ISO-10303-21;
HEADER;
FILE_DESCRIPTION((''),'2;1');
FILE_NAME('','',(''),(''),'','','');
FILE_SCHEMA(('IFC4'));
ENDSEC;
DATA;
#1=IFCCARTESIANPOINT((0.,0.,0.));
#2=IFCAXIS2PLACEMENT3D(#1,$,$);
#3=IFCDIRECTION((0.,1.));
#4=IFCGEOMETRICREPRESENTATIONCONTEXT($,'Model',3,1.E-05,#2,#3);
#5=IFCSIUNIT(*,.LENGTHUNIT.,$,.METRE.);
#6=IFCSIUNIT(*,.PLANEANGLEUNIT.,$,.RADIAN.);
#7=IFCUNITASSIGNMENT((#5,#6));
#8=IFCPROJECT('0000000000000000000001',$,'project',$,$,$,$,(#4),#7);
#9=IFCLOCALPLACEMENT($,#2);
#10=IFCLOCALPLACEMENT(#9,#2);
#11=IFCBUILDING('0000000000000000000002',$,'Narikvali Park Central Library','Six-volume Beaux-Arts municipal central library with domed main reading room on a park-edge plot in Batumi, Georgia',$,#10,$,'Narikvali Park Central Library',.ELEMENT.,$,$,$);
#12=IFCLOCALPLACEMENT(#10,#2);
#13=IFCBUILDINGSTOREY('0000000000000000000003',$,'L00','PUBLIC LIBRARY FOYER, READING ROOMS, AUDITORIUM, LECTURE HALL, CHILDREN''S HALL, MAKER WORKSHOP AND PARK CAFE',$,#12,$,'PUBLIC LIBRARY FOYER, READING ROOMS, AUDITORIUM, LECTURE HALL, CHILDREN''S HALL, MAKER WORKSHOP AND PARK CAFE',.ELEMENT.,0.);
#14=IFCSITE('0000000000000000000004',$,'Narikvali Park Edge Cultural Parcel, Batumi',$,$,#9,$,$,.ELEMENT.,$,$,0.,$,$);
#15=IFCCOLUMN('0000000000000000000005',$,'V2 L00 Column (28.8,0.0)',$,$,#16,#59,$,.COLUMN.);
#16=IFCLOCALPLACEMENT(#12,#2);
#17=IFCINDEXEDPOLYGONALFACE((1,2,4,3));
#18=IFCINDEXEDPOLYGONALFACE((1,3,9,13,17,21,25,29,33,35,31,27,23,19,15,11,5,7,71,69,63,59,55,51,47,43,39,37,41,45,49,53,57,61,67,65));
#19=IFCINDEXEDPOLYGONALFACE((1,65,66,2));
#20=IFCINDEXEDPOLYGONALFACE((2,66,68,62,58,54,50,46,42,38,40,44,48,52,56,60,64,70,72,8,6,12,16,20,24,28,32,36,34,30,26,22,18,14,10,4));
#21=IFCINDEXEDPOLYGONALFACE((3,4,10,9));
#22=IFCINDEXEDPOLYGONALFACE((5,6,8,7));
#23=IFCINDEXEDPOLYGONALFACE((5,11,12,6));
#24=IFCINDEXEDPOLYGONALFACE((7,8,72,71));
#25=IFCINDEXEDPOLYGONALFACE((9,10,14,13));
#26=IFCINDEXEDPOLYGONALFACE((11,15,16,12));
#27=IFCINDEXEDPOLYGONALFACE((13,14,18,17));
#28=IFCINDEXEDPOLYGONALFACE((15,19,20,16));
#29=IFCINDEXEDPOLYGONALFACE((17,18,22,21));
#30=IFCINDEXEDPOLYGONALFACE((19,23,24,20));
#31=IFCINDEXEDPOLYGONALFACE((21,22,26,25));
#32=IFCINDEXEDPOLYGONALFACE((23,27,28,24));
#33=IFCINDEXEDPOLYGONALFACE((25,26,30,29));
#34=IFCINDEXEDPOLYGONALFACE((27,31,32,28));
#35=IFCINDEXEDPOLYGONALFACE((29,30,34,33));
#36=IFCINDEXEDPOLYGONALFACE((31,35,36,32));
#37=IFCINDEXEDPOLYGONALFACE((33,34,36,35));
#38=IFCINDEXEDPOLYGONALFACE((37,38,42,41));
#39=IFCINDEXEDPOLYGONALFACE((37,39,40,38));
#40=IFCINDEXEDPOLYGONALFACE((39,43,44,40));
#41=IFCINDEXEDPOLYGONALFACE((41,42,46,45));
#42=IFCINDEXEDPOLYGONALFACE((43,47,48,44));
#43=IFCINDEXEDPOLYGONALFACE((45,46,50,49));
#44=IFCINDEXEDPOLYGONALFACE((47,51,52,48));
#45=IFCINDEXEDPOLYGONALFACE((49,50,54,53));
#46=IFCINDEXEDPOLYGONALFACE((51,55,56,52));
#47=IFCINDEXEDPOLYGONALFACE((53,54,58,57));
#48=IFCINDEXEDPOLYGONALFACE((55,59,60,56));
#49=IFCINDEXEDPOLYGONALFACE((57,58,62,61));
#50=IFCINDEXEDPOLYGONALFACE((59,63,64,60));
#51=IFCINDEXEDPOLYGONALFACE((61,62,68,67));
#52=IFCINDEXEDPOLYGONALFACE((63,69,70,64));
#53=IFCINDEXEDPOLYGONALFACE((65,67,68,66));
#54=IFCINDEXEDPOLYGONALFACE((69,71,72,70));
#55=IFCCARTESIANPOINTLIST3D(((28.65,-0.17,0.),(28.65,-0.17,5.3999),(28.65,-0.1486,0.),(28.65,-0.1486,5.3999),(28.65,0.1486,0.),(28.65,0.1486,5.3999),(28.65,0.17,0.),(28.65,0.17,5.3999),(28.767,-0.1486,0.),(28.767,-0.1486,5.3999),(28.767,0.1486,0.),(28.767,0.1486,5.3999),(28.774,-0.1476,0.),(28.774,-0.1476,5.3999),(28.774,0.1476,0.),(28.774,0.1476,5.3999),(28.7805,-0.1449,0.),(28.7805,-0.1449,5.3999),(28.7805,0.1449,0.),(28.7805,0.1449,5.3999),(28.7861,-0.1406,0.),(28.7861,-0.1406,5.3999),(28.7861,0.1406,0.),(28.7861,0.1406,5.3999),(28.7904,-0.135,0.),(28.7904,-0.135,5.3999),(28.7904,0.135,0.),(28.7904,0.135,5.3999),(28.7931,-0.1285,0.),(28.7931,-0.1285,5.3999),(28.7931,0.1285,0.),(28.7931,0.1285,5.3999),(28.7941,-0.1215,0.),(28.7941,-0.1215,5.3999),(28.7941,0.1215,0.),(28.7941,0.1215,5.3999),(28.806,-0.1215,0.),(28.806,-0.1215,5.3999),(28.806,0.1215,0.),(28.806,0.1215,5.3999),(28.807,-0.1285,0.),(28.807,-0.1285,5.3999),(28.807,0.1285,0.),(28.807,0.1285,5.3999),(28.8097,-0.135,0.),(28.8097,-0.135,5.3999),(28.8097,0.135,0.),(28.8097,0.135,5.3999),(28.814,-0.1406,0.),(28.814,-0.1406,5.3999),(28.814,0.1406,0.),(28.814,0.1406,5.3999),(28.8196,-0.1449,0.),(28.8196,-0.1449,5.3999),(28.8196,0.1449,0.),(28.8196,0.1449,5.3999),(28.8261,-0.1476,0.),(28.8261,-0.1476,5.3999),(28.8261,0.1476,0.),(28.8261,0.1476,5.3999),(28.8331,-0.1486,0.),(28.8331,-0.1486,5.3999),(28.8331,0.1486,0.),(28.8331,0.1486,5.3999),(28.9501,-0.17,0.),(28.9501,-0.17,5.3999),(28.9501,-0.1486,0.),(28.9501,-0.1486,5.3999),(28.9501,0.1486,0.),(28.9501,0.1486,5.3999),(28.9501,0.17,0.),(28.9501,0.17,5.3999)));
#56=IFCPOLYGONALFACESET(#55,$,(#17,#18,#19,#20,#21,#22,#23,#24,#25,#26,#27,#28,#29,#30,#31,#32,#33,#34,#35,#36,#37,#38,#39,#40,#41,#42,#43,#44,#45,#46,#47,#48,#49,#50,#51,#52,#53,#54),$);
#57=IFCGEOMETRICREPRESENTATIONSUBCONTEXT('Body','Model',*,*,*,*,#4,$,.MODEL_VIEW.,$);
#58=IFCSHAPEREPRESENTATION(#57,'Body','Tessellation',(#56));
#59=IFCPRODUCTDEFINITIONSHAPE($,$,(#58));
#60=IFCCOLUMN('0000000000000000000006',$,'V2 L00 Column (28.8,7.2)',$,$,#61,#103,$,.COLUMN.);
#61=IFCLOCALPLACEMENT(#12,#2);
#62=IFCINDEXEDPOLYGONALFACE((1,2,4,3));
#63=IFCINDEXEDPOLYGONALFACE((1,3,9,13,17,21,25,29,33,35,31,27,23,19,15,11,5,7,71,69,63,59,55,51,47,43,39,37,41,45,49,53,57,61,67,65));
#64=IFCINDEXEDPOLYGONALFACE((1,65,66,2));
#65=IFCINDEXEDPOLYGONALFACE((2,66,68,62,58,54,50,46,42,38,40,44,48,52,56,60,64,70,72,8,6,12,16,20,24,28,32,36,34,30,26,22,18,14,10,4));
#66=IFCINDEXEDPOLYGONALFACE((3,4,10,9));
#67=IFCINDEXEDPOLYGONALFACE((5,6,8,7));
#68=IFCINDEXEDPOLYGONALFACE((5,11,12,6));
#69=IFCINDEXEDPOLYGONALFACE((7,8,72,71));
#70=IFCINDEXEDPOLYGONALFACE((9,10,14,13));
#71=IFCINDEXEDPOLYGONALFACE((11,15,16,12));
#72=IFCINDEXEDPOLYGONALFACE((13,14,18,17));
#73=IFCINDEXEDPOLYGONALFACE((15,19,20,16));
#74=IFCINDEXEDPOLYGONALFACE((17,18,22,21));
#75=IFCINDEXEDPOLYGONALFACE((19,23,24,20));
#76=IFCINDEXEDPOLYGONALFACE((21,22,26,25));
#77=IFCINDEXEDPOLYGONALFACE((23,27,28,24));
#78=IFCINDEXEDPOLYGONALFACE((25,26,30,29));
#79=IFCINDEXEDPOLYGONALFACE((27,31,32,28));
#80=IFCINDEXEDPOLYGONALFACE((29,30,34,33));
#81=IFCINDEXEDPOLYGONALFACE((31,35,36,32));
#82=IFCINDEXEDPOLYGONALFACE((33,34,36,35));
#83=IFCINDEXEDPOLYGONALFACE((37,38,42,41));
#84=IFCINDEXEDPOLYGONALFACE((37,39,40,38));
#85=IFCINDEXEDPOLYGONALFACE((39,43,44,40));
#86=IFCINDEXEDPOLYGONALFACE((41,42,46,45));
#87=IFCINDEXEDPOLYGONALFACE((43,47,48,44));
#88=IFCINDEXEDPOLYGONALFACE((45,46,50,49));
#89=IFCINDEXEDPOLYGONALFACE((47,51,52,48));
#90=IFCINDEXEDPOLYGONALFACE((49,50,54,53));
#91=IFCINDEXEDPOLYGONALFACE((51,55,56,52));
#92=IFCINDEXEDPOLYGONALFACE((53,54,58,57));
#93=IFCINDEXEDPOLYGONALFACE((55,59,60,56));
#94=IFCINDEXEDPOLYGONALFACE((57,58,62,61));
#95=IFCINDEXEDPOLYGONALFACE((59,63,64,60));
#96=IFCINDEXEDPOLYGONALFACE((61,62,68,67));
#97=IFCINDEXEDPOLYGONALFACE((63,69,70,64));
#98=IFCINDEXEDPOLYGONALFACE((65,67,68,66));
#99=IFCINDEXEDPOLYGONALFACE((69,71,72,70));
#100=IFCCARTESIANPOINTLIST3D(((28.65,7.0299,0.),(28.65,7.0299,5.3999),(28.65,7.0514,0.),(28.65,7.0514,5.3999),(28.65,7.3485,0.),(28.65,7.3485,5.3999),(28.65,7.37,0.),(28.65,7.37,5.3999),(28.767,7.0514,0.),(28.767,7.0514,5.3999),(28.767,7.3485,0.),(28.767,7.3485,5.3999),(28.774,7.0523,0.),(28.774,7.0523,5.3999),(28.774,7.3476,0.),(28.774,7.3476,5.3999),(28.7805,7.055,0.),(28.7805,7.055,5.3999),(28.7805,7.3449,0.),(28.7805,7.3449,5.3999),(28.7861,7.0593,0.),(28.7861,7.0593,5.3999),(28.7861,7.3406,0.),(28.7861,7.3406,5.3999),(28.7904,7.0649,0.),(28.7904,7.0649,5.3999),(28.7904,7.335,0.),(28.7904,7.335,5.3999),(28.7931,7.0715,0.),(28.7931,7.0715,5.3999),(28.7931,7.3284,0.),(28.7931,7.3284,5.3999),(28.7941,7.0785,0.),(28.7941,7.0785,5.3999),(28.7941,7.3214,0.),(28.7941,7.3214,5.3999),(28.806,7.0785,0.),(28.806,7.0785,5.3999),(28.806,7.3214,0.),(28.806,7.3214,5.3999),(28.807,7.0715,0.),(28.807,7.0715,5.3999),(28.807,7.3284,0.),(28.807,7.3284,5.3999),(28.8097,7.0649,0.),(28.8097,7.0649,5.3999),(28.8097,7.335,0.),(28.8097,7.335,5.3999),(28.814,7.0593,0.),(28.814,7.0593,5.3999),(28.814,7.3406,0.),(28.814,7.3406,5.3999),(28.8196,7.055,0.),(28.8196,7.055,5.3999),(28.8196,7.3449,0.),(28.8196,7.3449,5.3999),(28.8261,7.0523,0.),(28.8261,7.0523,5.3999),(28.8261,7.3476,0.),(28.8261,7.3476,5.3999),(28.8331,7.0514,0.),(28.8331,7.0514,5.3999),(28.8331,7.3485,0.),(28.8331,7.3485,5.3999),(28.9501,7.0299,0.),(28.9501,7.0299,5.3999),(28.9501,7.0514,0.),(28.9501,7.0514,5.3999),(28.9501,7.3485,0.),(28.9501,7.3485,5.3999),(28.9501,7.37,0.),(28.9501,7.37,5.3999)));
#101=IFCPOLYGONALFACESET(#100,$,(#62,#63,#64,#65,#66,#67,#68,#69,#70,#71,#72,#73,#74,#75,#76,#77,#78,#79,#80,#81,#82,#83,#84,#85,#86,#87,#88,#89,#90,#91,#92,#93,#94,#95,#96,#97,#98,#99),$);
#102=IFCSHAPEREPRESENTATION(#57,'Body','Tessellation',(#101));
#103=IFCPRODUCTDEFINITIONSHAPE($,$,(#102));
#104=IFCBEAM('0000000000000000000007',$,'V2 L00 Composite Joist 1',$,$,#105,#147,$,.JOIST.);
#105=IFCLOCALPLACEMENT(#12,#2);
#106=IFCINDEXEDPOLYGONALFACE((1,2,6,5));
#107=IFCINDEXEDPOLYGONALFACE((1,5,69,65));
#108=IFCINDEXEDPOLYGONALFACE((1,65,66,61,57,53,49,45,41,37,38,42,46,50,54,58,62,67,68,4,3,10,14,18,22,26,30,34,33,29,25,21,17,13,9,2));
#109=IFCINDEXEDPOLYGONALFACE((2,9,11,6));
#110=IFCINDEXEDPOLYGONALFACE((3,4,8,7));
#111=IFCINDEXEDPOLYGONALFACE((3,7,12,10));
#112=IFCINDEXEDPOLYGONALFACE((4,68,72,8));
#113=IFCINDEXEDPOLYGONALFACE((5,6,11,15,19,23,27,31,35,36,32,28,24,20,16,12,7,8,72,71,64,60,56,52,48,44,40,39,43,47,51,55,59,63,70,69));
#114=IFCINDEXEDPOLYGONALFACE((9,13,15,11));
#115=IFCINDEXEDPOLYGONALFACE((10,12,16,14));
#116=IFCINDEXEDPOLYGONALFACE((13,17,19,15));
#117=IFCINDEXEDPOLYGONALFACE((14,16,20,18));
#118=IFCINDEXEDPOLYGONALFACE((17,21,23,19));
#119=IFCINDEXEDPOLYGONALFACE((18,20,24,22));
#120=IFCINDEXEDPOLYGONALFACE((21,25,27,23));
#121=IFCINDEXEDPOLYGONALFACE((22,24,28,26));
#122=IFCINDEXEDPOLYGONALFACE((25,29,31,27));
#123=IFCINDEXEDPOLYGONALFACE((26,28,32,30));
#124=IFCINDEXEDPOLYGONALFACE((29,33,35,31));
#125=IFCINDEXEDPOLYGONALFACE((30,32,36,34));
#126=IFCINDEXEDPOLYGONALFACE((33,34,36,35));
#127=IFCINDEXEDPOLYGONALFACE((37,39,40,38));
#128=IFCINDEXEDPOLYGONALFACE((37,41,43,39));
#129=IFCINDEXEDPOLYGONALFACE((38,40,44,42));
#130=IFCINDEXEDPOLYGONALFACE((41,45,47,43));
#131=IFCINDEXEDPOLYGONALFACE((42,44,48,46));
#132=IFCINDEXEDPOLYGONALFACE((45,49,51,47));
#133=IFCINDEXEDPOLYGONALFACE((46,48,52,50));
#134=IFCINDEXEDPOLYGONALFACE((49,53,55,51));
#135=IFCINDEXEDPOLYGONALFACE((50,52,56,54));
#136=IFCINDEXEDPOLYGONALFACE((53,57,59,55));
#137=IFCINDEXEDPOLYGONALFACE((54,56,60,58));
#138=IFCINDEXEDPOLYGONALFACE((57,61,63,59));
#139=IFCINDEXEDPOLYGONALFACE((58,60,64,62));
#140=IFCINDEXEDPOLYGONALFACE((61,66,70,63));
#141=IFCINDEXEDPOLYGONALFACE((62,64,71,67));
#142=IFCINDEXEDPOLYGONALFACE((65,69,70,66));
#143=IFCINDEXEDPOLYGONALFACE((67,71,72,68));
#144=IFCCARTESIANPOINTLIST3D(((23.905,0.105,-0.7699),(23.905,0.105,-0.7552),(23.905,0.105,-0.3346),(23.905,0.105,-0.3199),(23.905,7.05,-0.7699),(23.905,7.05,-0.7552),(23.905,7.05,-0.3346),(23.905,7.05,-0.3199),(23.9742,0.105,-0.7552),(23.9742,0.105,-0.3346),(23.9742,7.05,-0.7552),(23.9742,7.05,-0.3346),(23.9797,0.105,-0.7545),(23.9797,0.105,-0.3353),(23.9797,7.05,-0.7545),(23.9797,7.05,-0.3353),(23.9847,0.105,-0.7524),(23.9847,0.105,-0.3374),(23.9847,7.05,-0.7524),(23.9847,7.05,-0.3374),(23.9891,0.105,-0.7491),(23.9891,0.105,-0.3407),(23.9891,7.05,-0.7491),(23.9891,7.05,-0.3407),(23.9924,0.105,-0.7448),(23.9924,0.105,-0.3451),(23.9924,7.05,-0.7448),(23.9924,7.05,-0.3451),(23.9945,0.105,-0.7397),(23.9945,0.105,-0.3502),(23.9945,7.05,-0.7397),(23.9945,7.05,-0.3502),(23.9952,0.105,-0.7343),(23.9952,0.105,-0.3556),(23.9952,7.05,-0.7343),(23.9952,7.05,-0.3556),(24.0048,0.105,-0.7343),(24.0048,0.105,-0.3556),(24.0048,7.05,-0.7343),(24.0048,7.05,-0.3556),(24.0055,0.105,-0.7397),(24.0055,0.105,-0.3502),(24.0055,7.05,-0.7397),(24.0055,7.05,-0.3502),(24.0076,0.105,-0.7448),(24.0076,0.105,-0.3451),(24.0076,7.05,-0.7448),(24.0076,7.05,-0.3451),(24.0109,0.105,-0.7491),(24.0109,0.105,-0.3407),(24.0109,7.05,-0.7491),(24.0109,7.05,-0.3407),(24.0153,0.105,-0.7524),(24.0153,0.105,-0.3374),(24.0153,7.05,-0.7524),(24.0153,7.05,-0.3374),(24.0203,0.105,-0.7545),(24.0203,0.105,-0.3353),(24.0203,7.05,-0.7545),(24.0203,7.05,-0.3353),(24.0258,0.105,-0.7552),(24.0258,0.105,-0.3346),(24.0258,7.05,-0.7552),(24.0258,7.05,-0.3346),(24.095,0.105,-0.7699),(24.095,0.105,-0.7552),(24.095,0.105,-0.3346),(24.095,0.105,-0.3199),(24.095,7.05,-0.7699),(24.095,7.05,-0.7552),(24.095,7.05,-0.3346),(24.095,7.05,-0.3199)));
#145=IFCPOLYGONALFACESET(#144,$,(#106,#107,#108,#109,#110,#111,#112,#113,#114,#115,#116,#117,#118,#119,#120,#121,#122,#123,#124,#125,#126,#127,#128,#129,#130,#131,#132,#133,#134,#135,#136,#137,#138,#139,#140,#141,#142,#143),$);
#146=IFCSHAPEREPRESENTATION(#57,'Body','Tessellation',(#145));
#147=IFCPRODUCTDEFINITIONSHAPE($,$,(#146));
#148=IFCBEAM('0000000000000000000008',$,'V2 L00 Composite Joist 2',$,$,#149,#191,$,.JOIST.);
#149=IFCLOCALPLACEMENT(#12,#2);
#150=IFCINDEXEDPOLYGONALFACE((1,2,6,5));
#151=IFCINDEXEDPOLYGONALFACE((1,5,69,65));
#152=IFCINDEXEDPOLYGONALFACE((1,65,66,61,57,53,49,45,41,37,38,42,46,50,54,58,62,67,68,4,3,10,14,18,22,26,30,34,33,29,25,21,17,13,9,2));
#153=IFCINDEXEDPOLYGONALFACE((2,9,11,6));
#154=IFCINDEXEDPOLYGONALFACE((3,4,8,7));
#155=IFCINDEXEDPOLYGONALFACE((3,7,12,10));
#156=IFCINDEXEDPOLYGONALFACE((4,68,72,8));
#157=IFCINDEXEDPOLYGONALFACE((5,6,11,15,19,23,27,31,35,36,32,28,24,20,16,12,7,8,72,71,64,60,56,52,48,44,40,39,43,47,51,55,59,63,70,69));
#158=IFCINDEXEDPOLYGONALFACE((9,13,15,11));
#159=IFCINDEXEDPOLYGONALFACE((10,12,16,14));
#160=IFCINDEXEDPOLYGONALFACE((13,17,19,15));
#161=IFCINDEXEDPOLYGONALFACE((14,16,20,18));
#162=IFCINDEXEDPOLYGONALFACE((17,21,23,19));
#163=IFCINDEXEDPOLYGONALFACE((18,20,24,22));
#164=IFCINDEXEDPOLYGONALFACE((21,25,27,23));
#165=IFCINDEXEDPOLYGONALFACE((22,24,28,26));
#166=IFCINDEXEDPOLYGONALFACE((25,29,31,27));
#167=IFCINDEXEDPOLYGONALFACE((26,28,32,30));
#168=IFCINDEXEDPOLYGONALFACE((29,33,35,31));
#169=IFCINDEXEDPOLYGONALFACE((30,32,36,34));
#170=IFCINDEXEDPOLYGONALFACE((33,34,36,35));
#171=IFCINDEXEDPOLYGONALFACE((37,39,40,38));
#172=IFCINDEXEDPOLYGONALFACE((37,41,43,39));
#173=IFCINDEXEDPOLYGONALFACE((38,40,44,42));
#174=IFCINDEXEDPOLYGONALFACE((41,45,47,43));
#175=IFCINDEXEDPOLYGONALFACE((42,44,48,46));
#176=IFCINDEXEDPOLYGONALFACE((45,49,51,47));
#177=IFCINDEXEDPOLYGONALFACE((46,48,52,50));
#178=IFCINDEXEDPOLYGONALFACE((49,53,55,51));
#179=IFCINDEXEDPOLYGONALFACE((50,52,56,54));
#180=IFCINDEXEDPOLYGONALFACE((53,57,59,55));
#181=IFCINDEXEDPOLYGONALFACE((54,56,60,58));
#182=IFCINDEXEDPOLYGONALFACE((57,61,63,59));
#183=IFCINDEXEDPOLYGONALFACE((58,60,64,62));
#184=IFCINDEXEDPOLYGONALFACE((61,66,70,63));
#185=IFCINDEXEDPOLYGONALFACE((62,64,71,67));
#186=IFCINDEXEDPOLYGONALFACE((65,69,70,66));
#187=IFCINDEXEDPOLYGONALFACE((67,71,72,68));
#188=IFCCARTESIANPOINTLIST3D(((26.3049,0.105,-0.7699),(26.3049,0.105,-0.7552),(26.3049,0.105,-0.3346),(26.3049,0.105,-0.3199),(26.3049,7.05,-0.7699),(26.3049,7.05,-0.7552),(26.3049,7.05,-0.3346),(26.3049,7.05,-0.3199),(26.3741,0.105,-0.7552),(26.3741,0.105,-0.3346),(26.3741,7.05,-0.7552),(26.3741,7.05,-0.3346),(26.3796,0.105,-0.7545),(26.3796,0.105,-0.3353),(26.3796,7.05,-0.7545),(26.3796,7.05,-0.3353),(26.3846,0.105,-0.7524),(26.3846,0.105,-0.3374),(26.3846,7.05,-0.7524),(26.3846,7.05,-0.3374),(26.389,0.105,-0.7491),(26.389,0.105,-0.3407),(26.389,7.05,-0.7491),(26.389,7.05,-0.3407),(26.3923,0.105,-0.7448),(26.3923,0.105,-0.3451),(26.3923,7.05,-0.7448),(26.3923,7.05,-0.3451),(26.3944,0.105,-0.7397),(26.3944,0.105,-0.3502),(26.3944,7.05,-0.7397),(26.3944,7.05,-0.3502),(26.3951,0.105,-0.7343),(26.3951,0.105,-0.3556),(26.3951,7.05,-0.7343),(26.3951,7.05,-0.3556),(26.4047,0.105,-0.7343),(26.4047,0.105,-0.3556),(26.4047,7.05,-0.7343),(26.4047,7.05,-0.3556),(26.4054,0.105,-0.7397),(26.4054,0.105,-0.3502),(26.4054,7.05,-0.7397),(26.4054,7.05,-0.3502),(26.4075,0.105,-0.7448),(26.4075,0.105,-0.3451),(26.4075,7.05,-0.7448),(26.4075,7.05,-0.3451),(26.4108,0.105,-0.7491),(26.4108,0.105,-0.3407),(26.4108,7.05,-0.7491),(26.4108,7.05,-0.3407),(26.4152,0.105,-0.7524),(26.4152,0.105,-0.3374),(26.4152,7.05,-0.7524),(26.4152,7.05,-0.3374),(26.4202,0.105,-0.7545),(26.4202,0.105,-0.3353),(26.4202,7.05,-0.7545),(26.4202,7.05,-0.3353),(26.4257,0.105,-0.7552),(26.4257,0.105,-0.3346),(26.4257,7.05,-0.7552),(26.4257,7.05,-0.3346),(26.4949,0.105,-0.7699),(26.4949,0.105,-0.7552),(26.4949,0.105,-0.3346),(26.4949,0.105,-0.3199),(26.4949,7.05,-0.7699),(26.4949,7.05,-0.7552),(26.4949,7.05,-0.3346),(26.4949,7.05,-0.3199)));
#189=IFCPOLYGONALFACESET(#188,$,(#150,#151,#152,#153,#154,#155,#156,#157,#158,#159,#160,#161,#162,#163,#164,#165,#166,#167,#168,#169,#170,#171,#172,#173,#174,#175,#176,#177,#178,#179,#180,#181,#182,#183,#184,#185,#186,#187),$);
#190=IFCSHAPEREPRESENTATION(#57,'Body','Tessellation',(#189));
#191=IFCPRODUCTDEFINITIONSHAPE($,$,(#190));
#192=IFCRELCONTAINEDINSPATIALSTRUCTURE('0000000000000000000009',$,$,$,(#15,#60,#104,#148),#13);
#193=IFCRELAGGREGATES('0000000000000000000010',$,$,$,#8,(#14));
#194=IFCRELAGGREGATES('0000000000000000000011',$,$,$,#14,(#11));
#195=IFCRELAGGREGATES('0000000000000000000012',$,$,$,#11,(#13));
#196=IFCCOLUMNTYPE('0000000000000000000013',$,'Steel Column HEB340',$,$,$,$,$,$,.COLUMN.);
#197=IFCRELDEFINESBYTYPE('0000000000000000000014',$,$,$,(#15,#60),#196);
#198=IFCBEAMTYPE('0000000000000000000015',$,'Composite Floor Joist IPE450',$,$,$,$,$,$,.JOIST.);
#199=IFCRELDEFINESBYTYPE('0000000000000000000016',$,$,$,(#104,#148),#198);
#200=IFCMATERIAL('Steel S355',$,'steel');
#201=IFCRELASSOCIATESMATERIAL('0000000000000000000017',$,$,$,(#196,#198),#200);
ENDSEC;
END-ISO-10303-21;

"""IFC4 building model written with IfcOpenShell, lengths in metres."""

from ifc_helpers import new_model, si_unit, direction, frame, origin, origin_2d, place, context, subcontext, project, spatial, i_section, extrude, material, material_profile, profile_set, type_object, element, save


model = new_model("IFC4")

# Units and contexts
model_context = context("Model", 3, precision=1e-05, world=origin(), true_north=direction((0.0, 1.0)))
body_context = subcontext(model_context, "Body", "Model", "MODEL_VIEW")
ifc_project = project(units=[si_unit("LENGTHUNIT", "METRE"), si_unit("PLANEANGLEUNIT", "RADIAN")], contexts=[model_context])

# Site, building, storey
site_placement = place(None, origin())
site = spatial("IfcSite", under=ifc_project, at=site_placement, Name="Narikvali Park Edge Cultural Parcel, Batumi", CompositionType="ELEMENT", RefElevation=0.0)
building_placement = place(site_placement, origin())
building = spatial("IfcBuilding", under=site, at=building_placement, Name="Narikvali Park Central Library", Description="Six-volume Beaux-Arts municipal central library with domed main reading room on a park-edge plot in Batumi, Georgia", LongName="Narikvali Park Central Library", CompositionType="ELEMENT")
storey_placement = place(building_placement, origin())
storey = spatial("IfcBuildingStorey", under=building, at=storey_placement, Name="L00", Description="PUBLIC LIBRARY FOYER, READING ROOMS, AUDITORIUM, LECTURE HALL, CHILDREN'S HALL, MAKER WORKSHOP AND PARK CAFE", LongName="PUBLIC LIBRARY FOYER, READING ROOMS, AUDITORIUM, LECTURE HALL, CHILDREN'S HALL, MAKER WORKSHOP AND PARK CAFE", CompositionType="ELEMENT", Elevation=0.0)

# Columns
ifc_material_1 = material(Name="Steel S355", Category="steel")
ifc_material_profile_1 = material_profile(ifc_material_1, i_section(OverallWidth=0.3, OverallDepth=0.3401, WebThickness=0.012, FlangeThickness=0.0215, FilletRadius=0.0271, at=origin_2d()), Name="HEB 340")
ifc_profile_set_1 = profile_set([ifc_material_profile_1], Name="Steel S355")
column_type = type_object("IfcColumnType", Name="Steel Column HEB340", PredefinedType="COLUMN", material=ifc_profile_set_1)
for number, where, z_axis, x_axis, name in (
    (1, (28.8, 0.0, 0.0), (0.0, 0.0, 1.0), (1.0, 0.0, 0.0), "V2 L00 Column (28.8,0.0)"),
    (2, (28.8, 7.2, 0.0), (0.0, 0.0, 1.0), (1.0, 0.0, 0.0), "V2 L00 Column (28.8,7.2)"),
):
    element("IfcColumn", number, at=place(storey_placement, frame(where, z_axis=z_axis, x_axis=x_axis)), inside=storey, type_object=column_type, Name=name, PredefinedType="COLUMN", context=body_context, shape_type="SweptSolid", body=[
        extrude(i_section(OverallWidth=0.3, OverallDepth=0.3401, WebThickness=0.012, FlangeThickness=0.0215, FilletRadius=0.0271, at=origin_2d()), origin(), (0.0, 0.0, 1.0), 5.3999),
    ])

# Beams
ifc_material_profile_2 = material_profile(ifc_material_1, i_section(OverallWidth=0.1899, OverallDepth=0.45, WebThickness=0.0095, FlangeThickness=0.0146, FilletRadius=0.021, at=origin_2d()), Name="IPE 450")
ifc_profile_set_2 = profile_set([ifc_material_profile_2], Name="Steel S355")
beam_type_1 = type_object("IfcBeamType", Name="Composite Floor Joist IPE450", PredefinedType="JOIST", material=ifc_profile_set_2)
for number, where, z_axis, x_axis, name in (
    (3, (24.0, 0.105, -0.5449), (0.0, 1.0, 0.0), (-1.0, 0.0, 0.0), "V2 L00 Composite Joist 1"),
    (4, (26.3999, 0.105, -0.5449), (0.0, 1.0, 0.0), (-1.0, 0.0, 0.0), "V2 L00 Composite Joist 2"),
):
    element("IfcBeam", number, at=place(storey_placement, frame(where, z_axis=z_axis, x_axis=x_axis)), inside=storey, type_object=beam_type_1, Name=name, PredefinedType="JOIST", context=body_context, shape_type="SweptSolid", body=[
        extrude(i_section(OverallWidth=0.1899, OverallDepth=0.45, WebThickness=0.0095, FlangeThickness=0.0146, FilletRadius=0.021, at=origin_2d()), origin(), (0.0, 0.0, 1.0), 6.9451),
    ])

save(model, "model.ifc")
